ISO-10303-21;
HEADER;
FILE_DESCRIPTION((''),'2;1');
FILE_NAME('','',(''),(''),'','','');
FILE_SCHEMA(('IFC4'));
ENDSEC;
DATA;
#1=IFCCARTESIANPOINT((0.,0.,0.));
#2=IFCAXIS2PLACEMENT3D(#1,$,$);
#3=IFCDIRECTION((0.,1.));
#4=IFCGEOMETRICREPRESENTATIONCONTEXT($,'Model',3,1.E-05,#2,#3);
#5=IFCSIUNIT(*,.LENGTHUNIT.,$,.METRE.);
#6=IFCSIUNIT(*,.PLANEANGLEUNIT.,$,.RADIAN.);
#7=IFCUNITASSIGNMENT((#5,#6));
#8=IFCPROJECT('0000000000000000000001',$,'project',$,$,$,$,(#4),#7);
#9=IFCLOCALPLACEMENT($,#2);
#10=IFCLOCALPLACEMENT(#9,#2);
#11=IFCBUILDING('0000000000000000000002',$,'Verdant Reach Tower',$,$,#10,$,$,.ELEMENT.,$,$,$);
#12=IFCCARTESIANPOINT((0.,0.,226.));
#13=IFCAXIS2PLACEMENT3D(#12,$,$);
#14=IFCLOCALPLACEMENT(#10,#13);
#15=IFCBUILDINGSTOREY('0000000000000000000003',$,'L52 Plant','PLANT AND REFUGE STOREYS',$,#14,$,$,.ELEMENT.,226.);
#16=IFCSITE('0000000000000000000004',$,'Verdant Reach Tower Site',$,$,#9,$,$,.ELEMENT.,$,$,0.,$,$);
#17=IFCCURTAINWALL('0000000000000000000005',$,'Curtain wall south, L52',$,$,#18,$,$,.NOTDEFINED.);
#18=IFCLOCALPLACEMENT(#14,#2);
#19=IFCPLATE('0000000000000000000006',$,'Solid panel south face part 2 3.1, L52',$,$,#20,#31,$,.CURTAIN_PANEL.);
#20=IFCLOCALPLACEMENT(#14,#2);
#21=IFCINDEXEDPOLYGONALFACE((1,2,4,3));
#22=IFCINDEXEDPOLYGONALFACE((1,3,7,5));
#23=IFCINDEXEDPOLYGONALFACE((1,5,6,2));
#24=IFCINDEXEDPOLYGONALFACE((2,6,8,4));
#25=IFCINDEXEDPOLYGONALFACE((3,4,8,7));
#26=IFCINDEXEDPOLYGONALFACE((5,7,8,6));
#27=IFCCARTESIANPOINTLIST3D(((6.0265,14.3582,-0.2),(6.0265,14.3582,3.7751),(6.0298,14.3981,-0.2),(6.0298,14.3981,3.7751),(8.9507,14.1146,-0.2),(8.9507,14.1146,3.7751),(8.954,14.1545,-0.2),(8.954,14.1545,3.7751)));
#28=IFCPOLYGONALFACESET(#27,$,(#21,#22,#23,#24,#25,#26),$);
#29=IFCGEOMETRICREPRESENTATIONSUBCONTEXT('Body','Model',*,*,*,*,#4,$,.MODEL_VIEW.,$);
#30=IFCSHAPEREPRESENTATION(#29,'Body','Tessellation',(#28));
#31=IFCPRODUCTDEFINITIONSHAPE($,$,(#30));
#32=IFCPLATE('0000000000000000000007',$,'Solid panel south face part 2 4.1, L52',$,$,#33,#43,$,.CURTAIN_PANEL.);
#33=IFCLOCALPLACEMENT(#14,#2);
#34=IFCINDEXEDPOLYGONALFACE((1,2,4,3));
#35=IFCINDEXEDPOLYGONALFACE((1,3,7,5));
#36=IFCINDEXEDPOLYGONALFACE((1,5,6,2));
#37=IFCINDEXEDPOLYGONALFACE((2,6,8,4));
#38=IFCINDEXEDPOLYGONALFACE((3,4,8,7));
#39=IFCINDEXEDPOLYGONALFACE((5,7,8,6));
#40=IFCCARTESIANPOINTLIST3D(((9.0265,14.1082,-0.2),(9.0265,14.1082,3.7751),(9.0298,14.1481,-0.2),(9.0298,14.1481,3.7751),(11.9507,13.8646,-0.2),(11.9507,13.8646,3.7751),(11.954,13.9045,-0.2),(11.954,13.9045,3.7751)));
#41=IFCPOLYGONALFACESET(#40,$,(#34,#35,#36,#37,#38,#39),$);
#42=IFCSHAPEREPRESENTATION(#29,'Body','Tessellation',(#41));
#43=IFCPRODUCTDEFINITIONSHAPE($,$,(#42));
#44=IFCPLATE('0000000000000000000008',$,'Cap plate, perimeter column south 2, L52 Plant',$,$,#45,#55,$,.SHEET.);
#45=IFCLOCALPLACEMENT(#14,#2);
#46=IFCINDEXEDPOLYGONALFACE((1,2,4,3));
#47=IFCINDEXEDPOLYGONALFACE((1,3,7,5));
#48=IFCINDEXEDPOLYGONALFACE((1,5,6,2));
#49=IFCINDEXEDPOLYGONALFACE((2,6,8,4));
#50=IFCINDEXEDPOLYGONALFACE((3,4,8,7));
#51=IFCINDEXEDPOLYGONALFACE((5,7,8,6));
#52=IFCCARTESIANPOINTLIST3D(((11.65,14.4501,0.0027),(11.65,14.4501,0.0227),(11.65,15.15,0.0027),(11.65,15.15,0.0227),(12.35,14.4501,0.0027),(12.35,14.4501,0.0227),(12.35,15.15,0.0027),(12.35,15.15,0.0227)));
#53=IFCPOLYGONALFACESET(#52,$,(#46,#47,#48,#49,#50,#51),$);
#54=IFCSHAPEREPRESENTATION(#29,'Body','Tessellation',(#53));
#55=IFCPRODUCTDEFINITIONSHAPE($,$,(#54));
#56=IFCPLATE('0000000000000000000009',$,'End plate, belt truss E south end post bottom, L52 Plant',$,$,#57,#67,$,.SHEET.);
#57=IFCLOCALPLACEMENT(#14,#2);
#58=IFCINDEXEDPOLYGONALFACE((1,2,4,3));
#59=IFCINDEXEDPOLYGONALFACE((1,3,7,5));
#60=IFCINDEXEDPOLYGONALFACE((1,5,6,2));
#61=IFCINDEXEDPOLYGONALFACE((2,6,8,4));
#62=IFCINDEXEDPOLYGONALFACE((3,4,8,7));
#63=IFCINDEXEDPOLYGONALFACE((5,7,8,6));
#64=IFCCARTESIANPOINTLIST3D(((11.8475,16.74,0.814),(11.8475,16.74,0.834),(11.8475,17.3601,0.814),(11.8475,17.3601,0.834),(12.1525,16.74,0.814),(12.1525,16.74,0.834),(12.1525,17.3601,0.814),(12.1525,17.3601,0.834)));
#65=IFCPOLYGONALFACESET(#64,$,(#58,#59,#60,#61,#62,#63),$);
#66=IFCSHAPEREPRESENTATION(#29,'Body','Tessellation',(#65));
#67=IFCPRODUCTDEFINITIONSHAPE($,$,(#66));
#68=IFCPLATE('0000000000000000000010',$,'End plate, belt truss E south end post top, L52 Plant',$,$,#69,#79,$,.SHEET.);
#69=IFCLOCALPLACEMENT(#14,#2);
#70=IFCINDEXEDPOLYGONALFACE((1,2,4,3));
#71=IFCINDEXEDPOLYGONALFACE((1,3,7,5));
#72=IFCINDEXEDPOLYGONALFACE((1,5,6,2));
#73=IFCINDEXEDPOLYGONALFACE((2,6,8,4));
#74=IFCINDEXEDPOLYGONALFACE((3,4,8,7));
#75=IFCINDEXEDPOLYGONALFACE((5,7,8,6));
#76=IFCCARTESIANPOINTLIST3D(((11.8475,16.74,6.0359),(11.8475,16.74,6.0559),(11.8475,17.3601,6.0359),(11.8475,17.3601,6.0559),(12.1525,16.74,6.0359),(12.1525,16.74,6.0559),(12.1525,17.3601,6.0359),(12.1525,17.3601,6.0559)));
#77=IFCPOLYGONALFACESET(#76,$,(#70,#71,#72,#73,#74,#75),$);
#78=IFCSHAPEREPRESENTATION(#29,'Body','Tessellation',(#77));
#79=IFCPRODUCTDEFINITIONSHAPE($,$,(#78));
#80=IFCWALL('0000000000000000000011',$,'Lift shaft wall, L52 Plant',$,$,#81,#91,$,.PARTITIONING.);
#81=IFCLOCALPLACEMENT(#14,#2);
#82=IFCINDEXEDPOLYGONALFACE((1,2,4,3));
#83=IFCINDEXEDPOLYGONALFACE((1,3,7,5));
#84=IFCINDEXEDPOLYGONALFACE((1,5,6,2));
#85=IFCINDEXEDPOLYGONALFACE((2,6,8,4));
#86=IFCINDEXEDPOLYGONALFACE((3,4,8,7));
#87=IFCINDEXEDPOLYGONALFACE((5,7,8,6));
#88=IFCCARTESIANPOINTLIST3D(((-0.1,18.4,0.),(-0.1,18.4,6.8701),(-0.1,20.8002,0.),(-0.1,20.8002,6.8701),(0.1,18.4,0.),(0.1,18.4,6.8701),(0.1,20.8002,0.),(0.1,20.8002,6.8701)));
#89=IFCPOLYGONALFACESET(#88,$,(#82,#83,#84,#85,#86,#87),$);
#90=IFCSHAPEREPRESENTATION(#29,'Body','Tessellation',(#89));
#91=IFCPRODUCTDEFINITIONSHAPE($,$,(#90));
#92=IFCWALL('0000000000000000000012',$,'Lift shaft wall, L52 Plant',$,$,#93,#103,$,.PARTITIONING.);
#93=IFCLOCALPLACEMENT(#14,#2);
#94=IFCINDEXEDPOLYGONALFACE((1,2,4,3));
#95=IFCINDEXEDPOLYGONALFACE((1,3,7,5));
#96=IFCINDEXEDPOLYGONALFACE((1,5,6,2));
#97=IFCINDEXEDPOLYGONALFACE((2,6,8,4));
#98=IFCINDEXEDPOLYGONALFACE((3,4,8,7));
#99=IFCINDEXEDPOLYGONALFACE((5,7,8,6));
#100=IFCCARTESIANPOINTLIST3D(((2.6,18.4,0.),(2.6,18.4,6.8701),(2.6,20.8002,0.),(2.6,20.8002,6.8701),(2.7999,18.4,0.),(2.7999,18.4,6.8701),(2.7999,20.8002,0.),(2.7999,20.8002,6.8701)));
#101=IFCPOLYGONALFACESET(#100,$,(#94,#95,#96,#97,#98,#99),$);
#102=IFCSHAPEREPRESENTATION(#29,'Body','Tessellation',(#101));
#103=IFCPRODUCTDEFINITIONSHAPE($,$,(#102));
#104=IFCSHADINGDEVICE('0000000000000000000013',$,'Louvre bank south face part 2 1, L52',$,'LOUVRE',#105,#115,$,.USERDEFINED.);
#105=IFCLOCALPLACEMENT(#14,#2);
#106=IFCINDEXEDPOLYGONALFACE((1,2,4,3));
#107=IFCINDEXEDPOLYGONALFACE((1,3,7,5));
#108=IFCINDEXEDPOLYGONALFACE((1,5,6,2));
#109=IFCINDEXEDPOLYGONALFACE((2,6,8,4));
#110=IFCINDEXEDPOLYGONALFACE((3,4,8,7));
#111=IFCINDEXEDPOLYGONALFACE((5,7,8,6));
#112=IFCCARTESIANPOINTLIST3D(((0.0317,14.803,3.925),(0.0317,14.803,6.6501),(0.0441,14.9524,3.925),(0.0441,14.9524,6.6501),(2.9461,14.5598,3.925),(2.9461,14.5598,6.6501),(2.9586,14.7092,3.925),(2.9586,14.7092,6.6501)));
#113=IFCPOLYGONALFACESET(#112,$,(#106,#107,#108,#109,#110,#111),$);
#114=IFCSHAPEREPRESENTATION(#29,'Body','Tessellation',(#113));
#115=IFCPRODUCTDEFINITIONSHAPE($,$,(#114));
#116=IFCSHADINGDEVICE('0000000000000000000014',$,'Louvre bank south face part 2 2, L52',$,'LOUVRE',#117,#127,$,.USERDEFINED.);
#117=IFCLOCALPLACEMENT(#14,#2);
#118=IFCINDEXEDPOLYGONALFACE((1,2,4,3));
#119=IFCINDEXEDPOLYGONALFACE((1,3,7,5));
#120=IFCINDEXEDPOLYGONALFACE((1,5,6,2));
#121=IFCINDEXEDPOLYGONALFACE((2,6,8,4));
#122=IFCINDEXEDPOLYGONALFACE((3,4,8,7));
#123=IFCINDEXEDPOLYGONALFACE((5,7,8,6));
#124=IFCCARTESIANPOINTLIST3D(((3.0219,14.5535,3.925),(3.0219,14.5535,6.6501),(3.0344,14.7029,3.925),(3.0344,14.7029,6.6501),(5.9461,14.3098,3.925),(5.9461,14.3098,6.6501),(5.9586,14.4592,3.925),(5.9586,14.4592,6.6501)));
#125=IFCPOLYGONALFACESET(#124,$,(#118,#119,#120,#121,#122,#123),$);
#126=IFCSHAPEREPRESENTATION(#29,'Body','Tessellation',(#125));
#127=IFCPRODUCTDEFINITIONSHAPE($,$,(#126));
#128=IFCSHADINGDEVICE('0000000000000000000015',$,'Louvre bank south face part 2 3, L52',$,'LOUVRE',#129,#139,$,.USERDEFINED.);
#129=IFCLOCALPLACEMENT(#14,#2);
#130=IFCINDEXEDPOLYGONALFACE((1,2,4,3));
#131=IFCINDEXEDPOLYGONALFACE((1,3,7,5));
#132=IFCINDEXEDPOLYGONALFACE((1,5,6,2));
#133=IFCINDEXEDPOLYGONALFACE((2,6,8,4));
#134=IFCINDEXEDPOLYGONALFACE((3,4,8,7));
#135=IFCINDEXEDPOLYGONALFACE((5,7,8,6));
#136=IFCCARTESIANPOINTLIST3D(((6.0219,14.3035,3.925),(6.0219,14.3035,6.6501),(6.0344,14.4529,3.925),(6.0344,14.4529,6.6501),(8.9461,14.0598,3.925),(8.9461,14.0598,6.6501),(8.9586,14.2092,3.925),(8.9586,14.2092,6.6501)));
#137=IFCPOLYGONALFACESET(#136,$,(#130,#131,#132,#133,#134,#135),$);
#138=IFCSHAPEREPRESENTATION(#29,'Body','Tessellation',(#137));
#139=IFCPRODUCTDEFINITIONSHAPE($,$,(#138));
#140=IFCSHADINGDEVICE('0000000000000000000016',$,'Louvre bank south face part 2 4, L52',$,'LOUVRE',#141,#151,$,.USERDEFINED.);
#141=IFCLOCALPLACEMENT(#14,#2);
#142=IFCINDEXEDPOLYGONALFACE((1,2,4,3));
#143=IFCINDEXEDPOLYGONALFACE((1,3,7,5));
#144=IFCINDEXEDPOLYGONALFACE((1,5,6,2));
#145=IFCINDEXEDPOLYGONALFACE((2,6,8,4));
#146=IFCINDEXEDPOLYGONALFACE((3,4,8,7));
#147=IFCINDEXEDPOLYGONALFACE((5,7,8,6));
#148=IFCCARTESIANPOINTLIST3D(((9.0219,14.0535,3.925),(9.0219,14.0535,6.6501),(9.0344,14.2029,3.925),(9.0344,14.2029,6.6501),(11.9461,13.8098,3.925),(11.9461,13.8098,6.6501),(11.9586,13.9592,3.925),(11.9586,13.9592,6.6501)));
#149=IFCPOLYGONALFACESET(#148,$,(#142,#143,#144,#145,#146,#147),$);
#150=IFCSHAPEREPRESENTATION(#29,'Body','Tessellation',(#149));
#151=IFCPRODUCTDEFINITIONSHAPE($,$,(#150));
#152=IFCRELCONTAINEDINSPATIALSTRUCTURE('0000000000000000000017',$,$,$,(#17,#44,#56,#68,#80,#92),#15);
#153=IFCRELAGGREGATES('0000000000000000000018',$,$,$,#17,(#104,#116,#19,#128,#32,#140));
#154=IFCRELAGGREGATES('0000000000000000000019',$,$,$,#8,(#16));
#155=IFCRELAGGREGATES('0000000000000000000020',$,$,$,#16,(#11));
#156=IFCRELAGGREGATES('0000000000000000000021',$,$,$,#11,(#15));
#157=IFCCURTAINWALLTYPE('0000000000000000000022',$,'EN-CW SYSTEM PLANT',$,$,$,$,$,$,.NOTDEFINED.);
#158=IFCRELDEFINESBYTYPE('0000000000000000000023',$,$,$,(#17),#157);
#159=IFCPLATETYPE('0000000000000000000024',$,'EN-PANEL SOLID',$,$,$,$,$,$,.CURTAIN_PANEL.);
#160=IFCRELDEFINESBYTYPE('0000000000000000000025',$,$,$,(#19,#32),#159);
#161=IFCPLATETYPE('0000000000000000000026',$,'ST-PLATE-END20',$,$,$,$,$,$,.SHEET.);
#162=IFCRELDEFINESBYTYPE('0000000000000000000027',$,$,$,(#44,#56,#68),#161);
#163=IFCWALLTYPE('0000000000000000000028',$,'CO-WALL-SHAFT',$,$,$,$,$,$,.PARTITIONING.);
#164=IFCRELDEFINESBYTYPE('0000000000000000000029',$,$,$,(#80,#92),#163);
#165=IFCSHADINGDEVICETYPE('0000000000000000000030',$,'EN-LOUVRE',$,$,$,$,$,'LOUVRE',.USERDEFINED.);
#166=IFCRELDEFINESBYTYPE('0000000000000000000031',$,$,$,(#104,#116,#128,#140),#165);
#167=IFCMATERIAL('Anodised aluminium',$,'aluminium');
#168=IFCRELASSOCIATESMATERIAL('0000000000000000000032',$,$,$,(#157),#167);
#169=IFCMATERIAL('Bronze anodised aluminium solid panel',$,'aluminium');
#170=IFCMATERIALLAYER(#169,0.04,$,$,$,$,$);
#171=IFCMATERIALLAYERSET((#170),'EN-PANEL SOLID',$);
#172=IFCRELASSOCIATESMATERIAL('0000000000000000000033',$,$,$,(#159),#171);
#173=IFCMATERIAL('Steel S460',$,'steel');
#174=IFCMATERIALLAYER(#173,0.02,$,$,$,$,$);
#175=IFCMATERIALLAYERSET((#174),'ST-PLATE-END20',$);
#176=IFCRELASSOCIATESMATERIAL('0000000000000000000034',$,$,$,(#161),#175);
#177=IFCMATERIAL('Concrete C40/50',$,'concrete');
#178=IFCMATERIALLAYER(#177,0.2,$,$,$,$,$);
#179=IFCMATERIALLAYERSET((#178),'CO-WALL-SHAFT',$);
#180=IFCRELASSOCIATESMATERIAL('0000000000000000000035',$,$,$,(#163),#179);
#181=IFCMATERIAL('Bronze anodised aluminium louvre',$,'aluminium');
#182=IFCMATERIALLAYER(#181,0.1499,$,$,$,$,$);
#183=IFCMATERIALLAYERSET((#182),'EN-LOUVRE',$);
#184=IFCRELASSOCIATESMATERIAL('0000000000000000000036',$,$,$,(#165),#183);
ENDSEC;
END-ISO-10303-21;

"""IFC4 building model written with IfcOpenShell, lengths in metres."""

from ifc_helpers import new_model, si_unit, direction, frame, frame_2d, origin, origin_2d, place, context, subcontext, project, spatial, rectangle, extrude, material, layer, layer_set, type_object, element, aggregate, save


model = new_model("IFC4")

# Units and contexts
model_context = context("Model", 3, precision=1e-05, world=origin(), true_north=direction((0.0, 1.0)))
body_context = subcontext(model_context, "Body", "Model", "MODEL_VIEW")
ifc_project = project(units=[si_unit("LENGTHUNIT", "METRE"), si_unit("PLANEANGLEUNIT", "RADIAN")], contexts=[model_context])

# Site, building, storey
site_placement = place(None, origin())
site = spatial("IfcSite", under=ifc_project, at=site_placement, Name="Verdant Reach Tower Site", CompositionType="ELEMENT", RefElevation=0.0)
building_placement = place(site_placement, origin())
building = spatial("IfcBuilding", under=site, at=building_placement, Name="Verdant Reach Tower", CompositionType="ELEMENT")
storey_placement = place(building_placement, frame((0.0, 0.0, 226.0)))
storey = spatial("IfcBuildingStorey", under=building, at=storey_placement, Name="L52 Plant", Description="PLANT AND REFUGE STOREYS", CompositionType="ELEMENT", Elevation=226.0)

# Shared definitions
ifc_material_1 = material(Name="Steel S460", Category="steel")

# Curtain wall
ifc_material_2 = material(Name="Anodised aluminium", Category="aluminium")
curtain_wall_type = type_object("IfcCurtainWallType", Name="EN-CW SYSTEM PLANT", PredefinedType="NOTDEFINED", material=ifc_material_2)
curtain_wall_placement = place(storey_placement, origin())
curtain_wall = element("IfcCurtainWall", 1, at=curtain_wall_placement, inside=storey, type_object=curtain_wall_type, Name="Curtain wall south, L52", PredefinedType="NOTDEFINED")

# Shared definitions
ifc_material_3 = material(Name="Concrete C40/50", Category="concrete")

# Plates
ifc_material_4 = material(Name="Bronze anodised aluminium solid panel", Category="aluminium")
ifc_layer_1 = layer(ifc_material_4, 0.04)
ifc_layer_set_1 = layer_set([ifc_layer_1], Name="EN-PANEL SOLID")
plate_type_1 = type_object("IfcPlateType", Name="EN-PANEL SOLID", PredefinedType="CURTAIN_PANEL", material=ifc_layer_set_1)
plate_1_placement = place(storey_placement, frame((7.4902, 14.2563, -0.2), z_axis=(0.0, 0.0, 1.0), x_axis=(0.996546, -0.083045, 0.0)))
plate_1 = element("IfcPlate", 2, at=plate_1_placement, type_object=plate_type_1, Name="Solid panel south face part 2 3.1, L52", PredefinedType="CURTAIN_PANEL", context=body_context, shape_type="SweptSolid", body=[
    extrude(rectangle(XDim=2.9343, YDim=0.04, at=origin_2d()), origin(), (0.0, 0.0, 1.0), 3.9751),
])
plate_2_placement = place(storey_placement, frame((10.4902, 14.0063, -0.2), z_axis=(0.0, 0.0, 1.0), x_axis=(0.996546, -0.083045, 0.0)))
plate_2 = element("IfcPlate", 3, at=plate_2_placement, type_object=plate_type_1, Name="Solid panel south face part 2 4.1, L52", PredefinedType="CURTAIN_PANEL", context=body_context, shape_type="SweptSolid", body=[
    extrude(rectangle(XDim=2.9343, YDim=0.04, at=origin_2d()), origin(), (0.0, 0.0, 1.0), 3.9751),
])

# Plates
ifc_layer_2 = layer(ifc_material_1, 0.02)
ifc_layer_set_2 = layer_set([ifc_layer_2], Name="ST-PLATE-END20")
plate_type_2 = type_object("IfcPlateType", Name="ST-PLATE-END20", PredefinedType="SHEET", material=ifc_layer_set_2)
plate_3_placement = place(storey_placement, frame((12.0, 14.8, 0.0027), z_axis=(0.0, 0.0, 1.0), x_axis=(1.0, 0.0, 0.0)))
element("IfcPlate", 4, at=plate_3_placement, inside=storey, type_object=plate_type_2, Name="Cap plate, perimeter column south 2, L52 Plant", PredefinedType="SHEET", context=body_context, shape_type="SweptSolid", body=[
    extrude(rectangle(XDim=0.7, YDim=0.7, at=origin_2d()), origin(), (0.0, 0.0, 1.0), 0.02),
])
for number, where, z_axis, x_axis, name in (
    (5, (12.0, 17.05, 0.814), (0.0, 0.0, 1.0), (1.0, 0.0, 0.0), "End plate, belt truss E south end post bottom, L52 Plant"),
    (6, (12.0, 17.05, 6.0359), (0.0, 0.0, 1.0), (1.0, 0.0, 0.0), "End plate, belt truss E south end post top, L52 Plant"),
):
    element("IfcPlate", number, at=place(storey_placement, frame(where, z_axis=z_axis, x_axis=x_axis)), inside=storey, type_object=plate_type_2, Name=name, PredefinedType="SHEET", context=body_context, shape_type="SweptSolid", body=[
        extrude(rectangle(XDim=0.3049, YDim=0.6201, at=origin_2d()), origin(), (0.0, 0.0, 1.0), 0.02),
    ])

# Walls
ifc_layer_3 = layer(ifc_material_3, 0.2)
ifc_layer_set_3 = layer_set([ifc_layer_3], Name="CO-WALL-SHAFT")
wall_type = type_object("IfcWallType", Name="CO-WALL-SHAFT", PredefinedType="PARTITIONING", material=ifc_layer_set_3)
for number, where, z_axis, x_axis, name in (
    (7, (0.0, 18.3999, 0.0), (0.0, 0.0, 1.0), (0.0, 1.0, 0.0), "Lift shaft wall, L52 Plant"),
    (8, (2.7, 18.3999, 0.0), (0.0, 0.0, 1.0), (0.0, 1.0, 0.0), "Lift shaft wall, L52 Plant"),
):
    element("IfcWall", number, at=place(storey_placement, frame(where, z_axis=z_axis, x_axis=x_axis)), inside=storey, type_object=wall_type, Name=name, PredefinedType="PARTITIONING", context=body_context, shape_type="SweptSolid", body=[
        extrude(rectangle(XDim=2.4001, YDim=0.2, at=frame_2d((1.2002, 0.0))), origin(), (0.0, 0.0, 1.0), 6.8701),
    ])

# Shading devices
ifc_material_5 = material(Name="Bronze anodised aluminium louvre", Category="aluminium")
ifc_layer_4 = layer(ifc_material_5, 0.1499)
ifc_layer_set_4 = layer_set([ifc_layer_4], Name="EN-LOUVRE")
shading_device_type = type_object("IfcShadingDeviceType", Name="EN-LOUVRE", ElementType="LOUVRE", PredefinedType="USERDEFINED", material=ifc_layer_set_4)
shading_device_1_placement = place(storey_placement, frame((1.4951, 14.7561, 3.925), z_axis=(0.0, 0.0, 1.0), x_axis=(0.996534, -0.083182, 0.0)))
shading_device_1 = element("IfcShadingDevice", 9, at=shading_device_1_placement, type_object=shading_device_type, Name="Louvre bank south face part 2 1, L52", ObjectType="LOUVRE", PredefinedType="USERDEFINED", context=body_context, shape_type="SweptSolid", body=[
    extrude(rectangle(XDim=2.9246, YDim=0.1499, at=origin_2d()), origin(), (0.0, 0.0, 1.0), 2.7251),
])
shading_device_2_placement = place(storey_placement, frame((4.4902, 14.5063, 3.925), z_axis=(0.0, 0.0, 1.0), x_axis=(0.996546, -0.083045, 0.0)))
shading_device_2 = element("IfcShadingDevice", 10, at=shading_device_2_placement, type_object=shading_device_type, Name="Louvre bank south face part 2 2, L52", ObjectType="LOUVRE", PredefinedType="USERDEFINED", context=body_context, shape_type="SweptSolid", body=[
    extrude(rectangle(XDim=2.9343, YDim=0.1499, at=origin_2d()), origin(), (0.0, 0.0, 1.0), 2.7251),
])
shading_device_3_placement = place(storey_placement, frame((7.4902, 14.2563, 3.925), z_axis=(0.0, 0.0, 1.0), x_axis=(0.996546, -0.083045, 0.0)))
shading_device_3 = element("IfcShadingDevice", 11, at=shading_device_3_placement, type_object=shading_device_type, Name="Louvre bank south face part 2 3, L52", ObjectType="LOUVRE", PredefinedType="USERDEFINED", context=body_context, shape_type="SweptSolid", body=[
    extrude(rectangle(XDim=2.9343, YDim=0.1499, at=origin_2d()), origin(), (0.0, 0.0, 1.0), 2.7251),
])
shading_device_4_placement = place(storey_placement, frame((10.4902, 14.0063, 3.925), z_axis=(0.0, 0.0, 1.0), x_axis=(0.996546, -0.083045, 0.0)))
shading_device_4 = element("IfcShadingDevice", 12, at=shading_device_4_placement, type_object=shading_device_type, Name="Louvre bank south face part 2 4, L52", ObjectType="LOUVRE", PredefinedType="USERDEFINED", context=body_context, shape_type="SweptSolid", body=[
    extrude(rectangle(XDim=2.9343, YDim=0.1499, at=origin_2d()), origin(), (0.0, 0.0, 1.0), 2.7251),
])
aggregate(curtain_wall, [shading_device_1, shading_device_2, plate_1, shading_device_3, plate_2, shading_device_4])

save(model, "model.ifc")
